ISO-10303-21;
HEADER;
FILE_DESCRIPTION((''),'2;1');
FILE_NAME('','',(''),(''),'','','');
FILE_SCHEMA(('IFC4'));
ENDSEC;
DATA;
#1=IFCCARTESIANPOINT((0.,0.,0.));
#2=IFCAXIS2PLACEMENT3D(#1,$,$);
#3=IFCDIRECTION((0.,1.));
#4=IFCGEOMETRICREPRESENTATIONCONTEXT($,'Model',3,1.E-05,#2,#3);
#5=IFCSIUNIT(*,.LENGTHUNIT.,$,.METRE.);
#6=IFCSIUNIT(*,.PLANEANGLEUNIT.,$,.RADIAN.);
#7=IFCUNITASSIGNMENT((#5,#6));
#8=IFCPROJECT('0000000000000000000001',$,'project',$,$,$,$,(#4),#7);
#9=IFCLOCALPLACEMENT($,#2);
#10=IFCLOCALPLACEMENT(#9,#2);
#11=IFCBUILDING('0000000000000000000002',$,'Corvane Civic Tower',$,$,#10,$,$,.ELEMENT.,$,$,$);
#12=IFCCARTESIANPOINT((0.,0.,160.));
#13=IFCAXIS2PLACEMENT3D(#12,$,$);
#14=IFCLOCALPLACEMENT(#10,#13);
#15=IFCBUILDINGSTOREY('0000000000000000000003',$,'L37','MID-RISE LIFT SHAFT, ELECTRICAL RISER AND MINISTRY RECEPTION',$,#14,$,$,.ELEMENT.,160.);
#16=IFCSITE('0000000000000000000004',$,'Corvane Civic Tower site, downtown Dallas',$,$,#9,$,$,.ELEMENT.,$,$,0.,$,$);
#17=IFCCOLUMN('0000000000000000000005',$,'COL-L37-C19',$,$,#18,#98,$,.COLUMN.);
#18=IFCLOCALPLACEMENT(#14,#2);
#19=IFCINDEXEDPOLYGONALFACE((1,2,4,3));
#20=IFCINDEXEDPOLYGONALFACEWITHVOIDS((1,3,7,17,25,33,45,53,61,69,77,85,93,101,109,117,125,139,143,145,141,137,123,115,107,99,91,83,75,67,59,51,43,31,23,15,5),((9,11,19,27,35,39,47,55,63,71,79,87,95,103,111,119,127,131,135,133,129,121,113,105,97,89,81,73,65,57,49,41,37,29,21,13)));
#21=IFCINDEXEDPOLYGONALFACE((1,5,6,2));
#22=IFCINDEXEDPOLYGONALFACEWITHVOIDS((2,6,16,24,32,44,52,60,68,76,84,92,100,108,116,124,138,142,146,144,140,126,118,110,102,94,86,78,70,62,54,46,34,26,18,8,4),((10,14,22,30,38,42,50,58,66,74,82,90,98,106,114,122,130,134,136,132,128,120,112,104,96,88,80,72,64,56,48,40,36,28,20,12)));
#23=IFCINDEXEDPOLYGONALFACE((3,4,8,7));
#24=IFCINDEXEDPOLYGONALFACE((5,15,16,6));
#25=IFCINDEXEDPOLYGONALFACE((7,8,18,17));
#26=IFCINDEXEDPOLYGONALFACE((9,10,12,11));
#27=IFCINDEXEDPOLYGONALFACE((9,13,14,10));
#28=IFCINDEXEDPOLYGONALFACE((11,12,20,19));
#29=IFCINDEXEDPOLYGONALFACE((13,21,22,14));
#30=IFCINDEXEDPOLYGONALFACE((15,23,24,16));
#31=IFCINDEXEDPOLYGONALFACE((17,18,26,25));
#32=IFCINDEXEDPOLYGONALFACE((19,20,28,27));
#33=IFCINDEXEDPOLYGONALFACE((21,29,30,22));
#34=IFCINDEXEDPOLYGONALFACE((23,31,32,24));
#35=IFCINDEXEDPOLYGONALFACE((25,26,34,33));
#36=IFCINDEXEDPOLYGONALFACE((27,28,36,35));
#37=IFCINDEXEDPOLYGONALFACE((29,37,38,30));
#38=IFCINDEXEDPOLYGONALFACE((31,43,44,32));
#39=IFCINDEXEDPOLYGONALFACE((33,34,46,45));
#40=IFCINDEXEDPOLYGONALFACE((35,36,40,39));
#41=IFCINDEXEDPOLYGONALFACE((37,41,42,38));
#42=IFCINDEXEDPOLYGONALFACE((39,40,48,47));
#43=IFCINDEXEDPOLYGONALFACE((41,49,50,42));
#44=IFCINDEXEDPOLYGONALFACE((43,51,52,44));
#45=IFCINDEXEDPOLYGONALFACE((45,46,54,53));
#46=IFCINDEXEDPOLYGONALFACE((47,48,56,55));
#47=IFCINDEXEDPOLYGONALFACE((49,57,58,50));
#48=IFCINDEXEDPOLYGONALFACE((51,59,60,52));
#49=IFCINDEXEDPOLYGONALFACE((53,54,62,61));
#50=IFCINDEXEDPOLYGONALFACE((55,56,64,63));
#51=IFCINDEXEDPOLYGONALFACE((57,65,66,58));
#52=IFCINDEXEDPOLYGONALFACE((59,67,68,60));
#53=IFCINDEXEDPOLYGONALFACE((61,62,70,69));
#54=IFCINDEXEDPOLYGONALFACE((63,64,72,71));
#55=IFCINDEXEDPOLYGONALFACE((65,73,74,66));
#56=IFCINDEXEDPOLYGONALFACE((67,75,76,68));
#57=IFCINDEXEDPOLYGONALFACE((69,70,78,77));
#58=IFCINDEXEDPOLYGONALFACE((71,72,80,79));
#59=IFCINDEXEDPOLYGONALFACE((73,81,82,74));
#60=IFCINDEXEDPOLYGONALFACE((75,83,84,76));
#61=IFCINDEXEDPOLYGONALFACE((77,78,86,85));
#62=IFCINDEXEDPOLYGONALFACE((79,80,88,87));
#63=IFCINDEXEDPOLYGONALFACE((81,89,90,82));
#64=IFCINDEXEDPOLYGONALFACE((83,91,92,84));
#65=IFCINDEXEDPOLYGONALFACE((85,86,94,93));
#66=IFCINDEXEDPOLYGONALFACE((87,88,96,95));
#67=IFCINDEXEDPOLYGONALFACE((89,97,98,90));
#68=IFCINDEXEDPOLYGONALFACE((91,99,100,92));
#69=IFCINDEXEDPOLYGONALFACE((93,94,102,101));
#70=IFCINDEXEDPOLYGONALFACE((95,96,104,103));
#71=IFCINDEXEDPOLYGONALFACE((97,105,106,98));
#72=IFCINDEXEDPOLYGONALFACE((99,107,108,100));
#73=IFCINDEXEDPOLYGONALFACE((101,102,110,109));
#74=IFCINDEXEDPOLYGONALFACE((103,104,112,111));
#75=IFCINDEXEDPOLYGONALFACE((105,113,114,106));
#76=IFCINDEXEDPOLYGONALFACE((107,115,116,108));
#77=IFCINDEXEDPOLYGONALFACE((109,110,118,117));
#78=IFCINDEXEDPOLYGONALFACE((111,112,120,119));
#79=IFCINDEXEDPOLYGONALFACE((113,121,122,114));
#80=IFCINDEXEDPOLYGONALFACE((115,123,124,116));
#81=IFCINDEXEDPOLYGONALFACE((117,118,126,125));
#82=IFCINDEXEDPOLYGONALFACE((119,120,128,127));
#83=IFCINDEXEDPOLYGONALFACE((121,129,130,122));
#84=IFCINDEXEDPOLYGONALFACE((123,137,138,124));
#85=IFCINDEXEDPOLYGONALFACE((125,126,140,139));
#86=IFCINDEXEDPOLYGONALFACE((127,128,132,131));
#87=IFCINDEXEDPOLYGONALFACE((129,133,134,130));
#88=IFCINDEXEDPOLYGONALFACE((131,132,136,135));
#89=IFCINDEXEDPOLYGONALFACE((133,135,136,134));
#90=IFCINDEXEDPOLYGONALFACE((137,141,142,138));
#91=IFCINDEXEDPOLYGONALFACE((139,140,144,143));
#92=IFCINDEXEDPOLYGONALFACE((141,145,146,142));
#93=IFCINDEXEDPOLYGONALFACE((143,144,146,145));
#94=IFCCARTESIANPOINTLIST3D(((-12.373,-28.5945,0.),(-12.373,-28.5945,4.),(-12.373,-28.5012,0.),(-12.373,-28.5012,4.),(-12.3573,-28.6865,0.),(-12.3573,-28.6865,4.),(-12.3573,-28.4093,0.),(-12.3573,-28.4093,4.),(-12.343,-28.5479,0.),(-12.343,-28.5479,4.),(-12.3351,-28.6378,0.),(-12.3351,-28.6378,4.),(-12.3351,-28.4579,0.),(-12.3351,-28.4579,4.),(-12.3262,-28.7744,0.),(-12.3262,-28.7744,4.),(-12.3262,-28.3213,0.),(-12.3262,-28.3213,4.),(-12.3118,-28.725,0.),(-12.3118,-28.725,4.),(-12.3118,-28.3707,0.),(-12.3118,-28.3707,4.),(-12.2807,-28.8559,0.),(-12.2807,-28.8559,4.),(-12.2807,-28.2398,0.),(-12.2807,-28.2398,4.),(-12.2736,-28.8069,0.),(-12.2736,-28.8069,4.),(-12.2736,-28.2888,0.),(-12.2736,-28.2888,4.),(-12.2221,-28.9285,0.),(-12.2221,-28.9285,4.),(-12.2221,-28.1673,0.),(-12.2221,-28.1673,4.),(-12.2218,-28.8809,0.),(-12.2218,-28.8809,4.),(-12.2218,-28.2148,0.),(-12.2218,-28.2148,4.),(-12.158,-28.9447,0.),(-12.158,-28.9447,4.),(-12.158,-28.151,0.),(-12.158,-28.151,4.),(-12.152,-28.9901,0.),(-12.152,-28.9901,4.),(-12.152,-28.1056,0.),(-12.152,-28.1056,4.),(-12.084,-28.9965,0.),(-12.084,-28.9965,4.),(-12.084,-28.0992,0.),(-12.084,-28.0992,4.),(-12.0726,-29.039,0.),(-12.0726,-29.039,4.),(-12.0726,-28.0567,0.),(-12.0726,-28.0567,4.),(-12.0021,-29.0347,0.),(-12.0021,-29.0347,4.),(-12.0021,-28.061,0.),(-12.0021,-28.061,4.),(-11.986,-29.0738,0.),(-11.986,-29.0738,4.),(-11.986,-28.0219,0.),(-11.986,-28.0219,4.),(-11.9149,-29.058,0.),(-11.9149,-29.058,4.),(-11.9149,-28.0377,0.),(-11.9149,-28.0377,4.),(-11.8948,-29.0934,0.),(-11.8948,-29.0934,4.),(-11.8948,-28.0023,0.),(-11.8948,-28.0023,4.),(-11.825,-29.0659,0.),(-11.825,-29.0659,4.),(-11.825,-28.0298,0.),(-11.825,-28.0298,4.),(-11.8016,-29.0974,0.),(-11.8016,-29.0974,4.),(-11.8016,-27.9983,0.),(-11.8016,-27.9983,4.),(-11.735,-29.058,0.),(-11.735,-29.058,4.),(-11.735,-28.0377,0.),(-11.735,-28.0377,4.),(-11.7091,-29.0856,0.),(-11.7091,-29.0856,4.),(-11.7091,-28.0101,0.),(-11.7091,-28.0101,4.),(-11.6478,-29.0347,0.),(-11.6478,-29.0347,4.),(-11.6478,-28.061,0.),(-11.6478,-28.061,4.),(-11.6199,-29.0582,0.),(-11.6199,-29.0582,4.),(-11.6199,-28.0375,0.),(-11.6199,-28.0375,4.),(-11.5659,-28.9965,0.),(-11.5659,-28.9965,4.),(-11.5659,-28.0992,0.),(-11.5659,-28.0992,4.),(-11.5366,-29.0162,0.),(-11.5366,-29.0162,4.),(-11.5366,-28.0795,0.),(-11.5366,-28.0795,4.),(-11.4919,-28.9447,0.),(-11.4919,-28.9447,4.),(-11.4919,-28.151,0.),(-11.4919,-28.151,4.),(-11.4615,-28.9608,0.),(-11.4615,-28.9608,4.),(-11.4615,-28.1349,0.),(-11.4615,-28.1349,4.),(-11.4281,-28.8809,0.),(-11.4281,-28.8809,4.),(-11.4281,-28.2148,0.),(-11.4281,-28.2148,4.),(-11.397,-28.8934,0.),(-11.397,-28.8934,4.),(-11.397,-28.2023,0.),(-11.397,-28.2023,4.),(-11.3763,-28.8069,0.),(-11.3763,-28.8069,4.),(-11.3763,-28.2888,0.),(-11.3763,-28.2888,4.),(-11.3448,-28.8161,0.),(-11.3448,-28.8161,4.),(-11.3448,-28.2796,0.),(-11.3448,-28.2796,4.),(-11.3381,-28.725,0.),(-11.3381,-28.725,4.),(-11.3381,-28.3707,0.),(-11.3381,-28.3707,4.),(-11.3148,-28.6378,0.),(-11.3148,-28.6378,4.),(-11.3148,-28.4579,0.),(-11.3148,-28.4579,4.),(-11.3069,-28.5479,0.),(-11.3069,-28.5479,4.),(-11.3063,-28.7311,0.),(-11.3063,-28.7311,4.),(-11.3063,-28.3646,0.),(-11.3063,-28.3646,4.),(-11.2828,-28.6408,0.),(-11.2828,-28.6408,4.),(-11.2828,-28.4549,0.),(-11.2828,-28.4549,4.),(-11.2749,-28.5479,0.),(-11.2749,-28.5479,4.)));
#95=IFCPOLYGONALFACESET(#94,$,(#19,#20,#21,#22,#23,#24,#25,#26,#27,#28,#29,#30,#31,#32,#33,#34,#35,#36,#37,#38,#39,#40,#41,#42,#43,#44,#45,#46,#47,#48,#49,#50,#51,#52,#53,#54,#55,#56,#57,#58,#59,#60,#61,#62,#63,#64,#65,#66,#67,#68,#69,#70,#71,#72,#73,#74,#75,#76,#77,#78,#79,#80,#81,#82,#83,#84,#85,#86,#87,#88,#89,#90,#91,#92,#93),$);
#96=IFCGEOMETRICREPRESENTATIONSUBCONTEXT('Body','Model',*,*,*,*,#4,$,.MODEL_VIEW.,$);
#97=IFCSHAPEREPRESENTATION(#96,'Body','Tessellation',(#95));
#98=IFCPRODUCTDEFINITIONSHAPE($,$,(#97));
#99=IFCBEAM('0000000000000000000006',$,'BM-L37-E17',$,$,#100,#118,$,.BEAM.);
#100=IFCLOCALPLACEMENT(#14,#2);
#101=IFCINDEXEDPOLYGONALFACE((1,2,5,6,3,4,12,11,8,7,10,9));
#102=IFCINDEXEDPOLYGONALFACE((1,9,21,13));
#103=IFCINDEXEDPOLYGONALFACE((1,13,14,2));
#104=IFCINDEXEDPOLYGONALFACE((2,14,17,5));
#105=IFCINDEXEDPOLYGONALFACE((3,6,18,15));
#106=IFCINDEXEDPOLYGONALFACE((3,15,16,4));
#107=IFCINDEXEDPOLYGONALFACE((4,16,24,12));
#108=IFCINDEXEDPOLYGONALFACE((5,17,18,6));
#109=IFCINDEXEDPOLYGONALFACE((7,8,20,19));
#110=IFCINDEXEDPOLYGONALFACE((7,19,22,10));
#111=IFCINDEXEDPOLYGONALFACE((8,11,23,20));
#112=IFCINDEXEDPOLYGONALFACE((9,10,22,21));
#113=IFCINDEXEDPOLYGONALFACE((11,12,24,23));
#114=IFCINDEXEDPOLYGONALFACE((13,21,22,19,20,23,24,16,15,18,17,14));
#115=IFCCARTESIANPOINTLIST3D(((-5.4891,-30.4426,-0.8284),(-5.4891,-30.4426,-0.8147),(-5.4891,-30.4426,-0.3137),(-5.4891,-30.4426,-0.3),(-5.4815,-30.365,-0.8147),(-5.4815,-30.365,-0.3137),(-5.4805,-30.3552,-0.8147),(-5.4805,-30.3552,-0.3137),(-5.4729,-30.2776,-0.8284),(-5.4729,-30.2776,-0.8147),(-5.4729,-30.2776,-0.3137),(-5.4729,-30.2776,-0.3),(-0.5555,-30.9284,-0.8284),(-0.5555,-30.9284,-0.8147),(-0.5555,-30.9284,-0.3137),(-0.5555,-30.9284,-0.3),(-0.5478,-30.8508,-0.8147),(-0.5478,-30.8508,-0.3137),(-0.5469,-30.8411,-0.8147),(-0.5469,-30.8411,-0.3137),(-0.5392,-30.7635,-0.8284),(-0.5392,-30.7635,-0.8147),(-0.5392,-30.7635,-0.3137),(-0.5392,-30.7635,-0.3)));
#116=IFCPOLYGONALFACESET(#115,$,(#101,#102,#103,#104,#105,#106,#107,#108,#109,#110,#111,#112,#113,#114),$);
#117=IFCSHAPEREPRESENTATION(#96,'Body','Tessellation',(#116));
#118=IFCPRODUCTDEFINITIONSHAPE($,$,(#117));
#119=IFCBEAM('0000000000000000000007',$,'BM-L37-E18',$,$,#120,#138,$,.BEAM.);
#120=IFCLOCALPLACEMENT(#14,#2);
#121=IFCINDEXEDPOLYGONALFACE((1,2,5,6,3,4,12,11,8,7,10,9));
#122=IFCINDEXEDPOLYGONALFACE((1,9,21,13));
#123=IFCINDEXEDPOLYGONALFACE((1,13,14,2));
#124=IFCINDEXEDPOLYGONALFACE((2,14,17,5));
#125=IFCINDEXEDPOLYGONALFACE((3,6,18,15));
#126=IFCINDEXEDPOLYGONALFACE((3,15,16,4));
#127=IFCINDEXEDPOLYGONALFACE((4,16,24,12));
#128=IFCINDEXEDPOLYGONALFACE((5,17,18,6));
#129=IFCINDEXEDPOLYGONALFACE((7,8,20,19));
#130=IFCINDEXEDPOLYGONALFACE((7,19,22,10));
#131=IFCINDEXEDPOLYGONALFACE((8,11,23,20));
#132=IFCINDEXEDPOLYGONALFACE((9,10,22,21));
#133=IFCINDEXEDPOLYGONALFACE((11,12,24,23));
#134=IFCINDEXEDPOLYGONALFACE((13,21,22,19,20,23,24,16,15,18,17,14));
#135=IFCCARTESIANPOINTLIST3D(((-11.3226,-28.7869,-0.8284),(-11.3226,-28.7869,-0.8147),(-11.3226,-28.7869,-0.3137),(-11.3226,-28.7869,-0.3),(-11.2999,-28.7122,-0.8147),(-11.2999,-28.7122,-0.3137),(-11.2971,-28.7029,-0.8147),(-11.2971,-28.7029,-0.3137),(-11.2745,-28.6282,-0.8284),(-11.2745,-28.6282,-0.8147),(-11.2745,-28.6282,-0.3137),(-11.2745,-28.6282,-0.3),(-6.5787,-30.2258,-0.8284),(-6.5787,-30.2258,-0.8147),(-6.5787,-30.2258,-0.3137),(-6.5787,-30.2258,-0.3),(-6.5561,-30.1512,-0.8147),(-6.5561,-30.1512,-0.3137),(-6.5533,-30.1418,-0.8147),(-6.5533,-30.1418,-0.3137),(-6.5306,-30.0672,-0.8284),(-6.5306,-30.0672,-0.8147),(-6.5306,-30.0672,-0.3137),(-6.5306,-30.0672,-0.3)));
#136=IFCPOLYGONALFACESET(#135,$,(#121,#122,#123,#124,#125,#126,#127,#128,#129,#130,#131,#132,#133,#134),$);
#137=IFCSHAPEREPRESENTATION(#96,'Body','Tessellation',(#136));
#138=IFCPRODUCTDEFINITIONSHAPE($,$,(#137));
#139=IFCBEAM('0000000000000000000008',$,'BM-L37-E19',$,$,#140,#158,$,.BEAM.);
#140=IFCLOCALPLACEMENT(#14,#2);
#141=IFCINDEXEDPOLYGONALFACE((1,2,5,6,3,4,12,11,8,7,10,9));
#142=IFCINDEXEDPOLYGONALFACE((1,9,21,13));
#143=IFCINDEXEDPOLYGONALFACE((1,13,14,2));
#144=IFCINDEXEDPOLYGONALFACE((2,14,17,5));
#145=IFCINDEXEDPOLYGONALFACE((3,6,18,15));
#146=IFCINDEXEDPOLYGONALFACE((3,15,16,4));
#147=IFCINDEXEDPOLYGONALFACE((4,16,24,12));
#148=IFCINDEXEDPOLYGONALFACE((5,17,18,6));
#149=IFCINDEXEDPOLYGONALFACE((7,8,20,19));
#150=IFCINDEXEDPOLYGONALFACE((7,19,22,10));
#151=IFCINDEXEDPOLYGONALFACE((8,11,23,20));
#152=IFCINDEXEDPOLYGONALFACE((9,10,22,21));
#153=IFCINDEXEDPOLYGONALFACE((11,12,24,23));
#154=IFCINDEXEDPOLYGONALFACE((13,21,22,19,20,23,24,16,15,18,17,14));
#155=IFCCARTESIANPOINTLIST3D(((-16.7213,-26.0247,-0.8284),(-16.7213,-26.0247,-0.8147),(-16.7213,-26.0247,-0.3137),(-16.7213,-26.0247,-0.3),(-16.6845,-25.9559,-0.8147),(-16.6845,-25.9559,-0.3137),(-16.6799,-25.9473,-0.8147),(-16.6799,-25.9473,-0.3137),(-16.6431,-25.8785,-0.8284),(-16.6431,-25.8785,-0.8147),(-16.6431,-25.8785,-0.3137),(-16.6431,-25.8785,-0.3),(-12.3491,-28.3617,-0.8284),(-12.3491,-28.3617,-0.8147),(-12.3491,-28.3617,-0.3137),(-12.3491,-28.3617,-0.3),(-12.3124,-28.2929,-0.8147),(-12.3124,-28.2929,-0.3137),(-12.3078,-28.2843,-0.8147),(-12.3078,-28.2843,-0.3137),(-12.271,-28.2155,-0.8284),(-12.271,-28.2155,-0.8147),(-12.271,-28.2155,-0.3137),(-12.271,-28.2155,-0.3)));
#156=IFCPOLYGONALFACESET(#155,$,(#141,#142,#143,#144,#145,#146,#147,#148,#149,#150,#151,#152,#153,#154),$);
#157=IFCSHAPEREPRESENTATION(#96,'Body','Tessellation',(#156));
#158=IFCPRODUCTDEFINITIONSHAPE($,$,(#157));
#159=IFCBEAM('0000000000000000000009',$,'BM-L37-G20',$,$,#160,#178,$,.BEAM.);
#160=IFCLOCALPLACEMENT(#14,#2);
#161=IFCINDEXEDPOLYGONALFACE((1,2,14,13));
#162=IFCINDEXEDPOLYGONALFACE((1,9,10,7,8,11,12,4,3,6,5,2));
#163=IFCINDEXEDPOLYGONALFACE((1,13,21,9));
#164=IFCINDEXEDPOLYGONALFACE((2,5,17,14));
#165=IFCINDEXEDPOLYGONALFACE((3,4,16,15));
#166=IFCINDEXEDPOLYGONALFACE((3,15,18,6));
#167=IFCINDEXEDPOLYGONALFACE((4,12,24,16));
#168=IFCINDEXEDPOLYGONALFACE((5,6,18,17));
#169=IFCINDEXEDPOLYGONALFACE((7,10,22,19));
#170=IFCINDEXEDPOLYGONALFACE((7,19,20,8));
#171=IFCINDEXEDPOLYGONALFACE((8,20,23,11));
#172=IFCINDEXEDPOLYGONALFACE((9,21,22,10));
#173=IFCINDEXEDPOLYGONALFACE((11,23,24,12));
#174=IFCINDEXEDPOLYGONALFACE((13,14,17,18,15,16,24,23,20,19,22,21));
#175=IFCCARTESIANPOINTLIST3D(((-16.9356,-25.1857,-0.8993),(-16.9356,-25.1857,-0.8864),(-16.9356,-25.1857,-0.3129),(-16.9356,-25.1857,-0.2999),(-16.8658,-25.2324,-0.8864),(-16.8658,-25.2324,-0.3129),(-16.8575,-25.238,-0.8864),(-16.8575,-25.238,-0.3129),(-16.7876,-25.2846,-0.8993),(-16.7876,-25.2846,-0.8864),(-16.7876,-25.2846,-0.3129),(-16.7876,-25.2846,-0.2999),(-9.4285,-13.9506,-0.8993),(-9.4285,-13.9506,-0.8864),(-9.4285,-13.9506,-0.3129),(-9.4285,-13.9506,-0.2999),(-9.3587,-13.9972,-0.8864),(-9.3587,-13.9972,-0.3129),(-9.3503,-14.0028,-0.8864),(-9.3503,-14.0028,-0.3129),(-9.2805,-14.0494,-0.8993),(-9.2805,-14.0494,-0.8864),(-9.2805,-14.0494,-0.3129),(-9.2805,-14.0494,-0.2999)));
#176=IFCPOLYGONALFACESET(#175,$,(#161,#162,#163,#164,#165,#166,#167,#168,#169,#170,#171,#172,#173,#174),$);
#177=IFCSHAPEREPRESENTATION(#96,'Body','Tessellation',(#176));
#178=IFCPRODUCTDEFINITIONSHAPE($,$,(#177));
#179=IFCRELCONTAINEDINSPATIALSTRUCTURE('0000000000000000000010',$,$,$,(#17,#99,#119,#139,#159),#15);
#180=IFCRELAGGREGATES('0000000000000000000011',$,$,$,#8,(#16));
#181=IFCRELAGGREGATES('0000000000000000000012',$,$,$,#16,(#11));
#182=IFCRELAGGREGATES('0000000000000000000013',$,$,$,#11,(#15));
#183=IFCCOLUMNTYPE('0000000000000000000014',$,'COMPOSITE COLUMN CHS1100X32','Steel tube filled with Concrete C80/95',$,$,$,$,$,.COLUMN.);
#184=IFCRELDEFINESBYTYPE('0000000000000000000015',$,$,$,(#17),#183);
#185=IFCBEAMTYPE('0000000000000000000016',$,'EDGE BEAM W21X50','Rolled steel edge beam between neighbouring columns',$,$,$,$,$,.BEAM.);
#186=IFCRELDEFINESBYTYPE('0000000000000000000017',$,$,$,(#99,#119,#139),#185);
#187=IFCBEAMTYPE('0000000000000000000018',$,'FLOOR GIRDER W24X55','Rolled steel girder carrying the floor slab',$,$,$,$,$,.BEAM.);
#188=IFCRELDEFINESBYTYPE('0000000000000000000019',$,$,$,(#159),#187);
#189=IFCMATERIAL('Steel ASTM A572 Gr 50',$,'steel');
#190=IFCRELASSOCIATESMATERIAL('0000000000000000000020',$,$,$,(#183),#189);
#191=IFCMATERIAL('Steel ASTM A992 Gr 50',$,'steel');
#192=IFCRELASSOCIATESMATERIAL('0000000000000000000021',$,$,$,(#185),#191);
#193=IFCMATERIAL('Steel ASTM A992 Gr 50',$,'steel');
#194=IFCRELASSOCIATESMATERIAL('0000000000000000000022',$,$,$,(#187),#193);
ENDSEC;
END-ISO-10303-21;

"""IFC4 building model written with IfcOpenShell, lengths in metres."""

from ifc_helpers import new_model, si_unit, direction, frame, origin, origin_2d, place, context, subcontext, project, spatial, hollow_circle, i_section, extrude, material, material_profile, profile_set, type_object, element, save


model = new_model("IFC4")

# Units and contexts
model_context = context("Model", 3, precision=1e-05, world=origin(), true_north=direction((0.0, 1.0)))
body_context = subcontext(model_context, "Body", "Model", "MODEL_VIEW")
ifc_project = project(units=[si_unit("LENGTHUNIT", "METRE"), si_unit("PLANEANGLEUNIT", "RADIAN")], contexts=[model_context])

# Site, building, storey
site_placement = place(None, origin())
site = spatial("IfcSite", under=ifc_project, at=site_placement, Name="Corvane Civic Tower site, downtown Dallas", CompositionType="ELEMENT", RefElevation=0.0)
building_placement = place(site_placement, origin())
building = spatial("IfcBuilding", under=site, at=building_placement, Name="Corvane Civic Tower", CompositionType="ELEMENT")
storey_placement = place(building_placement, frame((0.0, 0.0, 160.0)))
storey = spatial("IfcBuildingStorey", under=building, at=storey_placement, Name="L37", Description="MID-RISE LIFT SHAFT, ELECTRICAL RISER AND MINISTRY RECEPTION", CompositionType="ELEMENT", Elevation=160.0)

# Column
ifc_material_1 = material(Name="Steel ASTM A572 Gr 50", Category="steel")
ifc_material_profile_1 = material_profile(ifc_material_1, hollow_circle(Radius=0.55, WallThickness=0.032, at=origin_2d()), Name="CHS1100X32")
ifc_profile_set_1 = profile_set([ifc_material_profile_1], Name="Steel ASTM A572 Gr 50")
column_type = type_object("IfcColumnType", Name="COMPOSITE COLUMN CHS1100X32", Description="Steel tube filled with Concrete C80/95", PredefinedType="COLUMN", material=ifc_profile_set_1)
for number, where, z_axis, x_axis, name in (
    (1, (-11.825, -28.5479, 0.0), (0.0, 0.0, 1.0), (1.0, 0.0, 0.0), "COL-L37-C19"),
):
    element("IfcColumn", number, at=place(storey_placement, frame(where, z_axis=z_axis, x_axis=x_axis)), inside=storey, type_object=column_type, Name=name, PredefinedType="COLUMN", context=body_context, shape_type="SweptSolid", body=[
        extrude(hollow_circle(Radius=0.55, WallThickness=0.032, at=origin_2d()), origin(), (0.0, 0.0, 1.0), 4.0),
    ])

# Beams
ifc_material_2 = material(Name="Steel ASTM A992 Gr 50", Category="steel")
ifc_material_profile_2 = material_profile(ifc_material_2, i_section(OverallWidth=0.1658, OverallDepth=0.5283, WebThickness=0.0098, FlangeThickness=0.0137, at=origin_2d()), Name="W21X50")
ifc_profile_set_2 = profile_set([ifc_material_profile_2], Name="Steel ASTM A992 Gr 50")
beam_type_1 = type_object("IfcBeamType", Name="EDGE BEAM W21X50", Description="Rolled steel edge beam between neighbouring columns", PredefinedType="BEAM", material=ifc_profile_set_2)
beam_1_placement = place(storey_placement, frame((-0.5474, -30.8459, -0.5642), z_axis=(-0.995186, 0.098002, 0.0), x_axis=(-0.098002, -0.995186, 0.0)))
element("IfcBeam", 2, at=beam_1_placement, inside=storey, type_object=beam_type_1, Name="BM-L37-E17", PredefinedType="BEAM", context=body_context, shape_type="SweptSolid", body=[
    extrude(i_section(OverallWidth=0.1658, OverallDepth=0.5283, WebThickness=0.0098, FlangeThickness=0.0137, at=origin_2d()), origin(), (0.0, 0.0, 1.0), 4.9575),
])
beam_2_placement = place(storey_placement, frame((-6.5547, -30.1465, -0.5642), z_axis=(-0.956945, 0.29027, 0.0), x_axis=(-0.29027, -0.956945, 0.0)))
element("IfcBeam", 3, at=beam_2_placement, inside=storey, type_object=beam_type_1, Name="BM-L37-E18", PredefinedType="BEAM", context=body_context, shape_type="SweptSolid", body=[
    extrude(i_section(OverallWidth=0.1658, OverallDepth=0.5283, WebThickness=0.0098, FlangeThickness=0.0137, at=origin_2d()), origin(), (0.0, 0.0, 1.0), 4.9573),
])
beam_3_placement = place(storey_placement, frame((-12.3101, -28.2886, -0.5642), z_axis=(-0.881922, 0.471396, 0.0), x_axis=(-0.471396, -0.881922, 0.0)))
element("IfcBeam", 4, at=beam_3_placement, inside=storey, type_object=beam_type_1, Name="BM-L37-E19", PredefinedType="BEAM", context=body_context, shape_type="SweptSolid", body=[
    extrude(i_section(OverallWidth=0.1658, OverallDepth=0.5283, WebThickness=0.0098, FlangeThickness=0.0137, at=origin_2d()), origin(), (0.0, 0.0, 1.0), 4.9575),
])
ifc_material_3 = material(Name="Steel ASTM A992 Gr 50", Category="steel")
ifc_material_profile_3 = material_profile(ifc_material_3, i_section(OverallWidth=0.178, OverallDepth=0.5994, WebThickness=0.01, FlangeThickness=0.0129, at=origin_2d()), Name="W24X55")
ifc_profile_set_3 = profile_set([ifc_material_profile_3], Name="Steel ASTM A992 Gr 50")
beam_type_2 = type_object("IfcBeamType", Name="FLOOR GIRDER W24X55", Description="Rolled steel girder carrying the floor slab", PredefinedType="BEAM", material=ifc_profile_set_3)
beam_4_placement = place(storey_placement, frame((-9.3545, -14.0, -0.5996), z_axis=(-0.555571, -0.831469, 0.0), x_axis=(0.831469, -0.555571, 0.0)))
element("IfcBeam", 5, at=beam_4_placement, inside=storey, type_object=beam_type_2, Name="BM-L37-G20", PredefinedType="BEAM", context=body_context, shape_type="SweptSolid", body=[
    extrude(i_section(OverallWidth=0.178, OverallDepth=0.5994, WebThickness=0.01, FlangeThickness=0.0129, at=origin_2d()), origin(), (0.0, 0.0, 1.0), 13.5125),
])

save(model, "model.ifc")
